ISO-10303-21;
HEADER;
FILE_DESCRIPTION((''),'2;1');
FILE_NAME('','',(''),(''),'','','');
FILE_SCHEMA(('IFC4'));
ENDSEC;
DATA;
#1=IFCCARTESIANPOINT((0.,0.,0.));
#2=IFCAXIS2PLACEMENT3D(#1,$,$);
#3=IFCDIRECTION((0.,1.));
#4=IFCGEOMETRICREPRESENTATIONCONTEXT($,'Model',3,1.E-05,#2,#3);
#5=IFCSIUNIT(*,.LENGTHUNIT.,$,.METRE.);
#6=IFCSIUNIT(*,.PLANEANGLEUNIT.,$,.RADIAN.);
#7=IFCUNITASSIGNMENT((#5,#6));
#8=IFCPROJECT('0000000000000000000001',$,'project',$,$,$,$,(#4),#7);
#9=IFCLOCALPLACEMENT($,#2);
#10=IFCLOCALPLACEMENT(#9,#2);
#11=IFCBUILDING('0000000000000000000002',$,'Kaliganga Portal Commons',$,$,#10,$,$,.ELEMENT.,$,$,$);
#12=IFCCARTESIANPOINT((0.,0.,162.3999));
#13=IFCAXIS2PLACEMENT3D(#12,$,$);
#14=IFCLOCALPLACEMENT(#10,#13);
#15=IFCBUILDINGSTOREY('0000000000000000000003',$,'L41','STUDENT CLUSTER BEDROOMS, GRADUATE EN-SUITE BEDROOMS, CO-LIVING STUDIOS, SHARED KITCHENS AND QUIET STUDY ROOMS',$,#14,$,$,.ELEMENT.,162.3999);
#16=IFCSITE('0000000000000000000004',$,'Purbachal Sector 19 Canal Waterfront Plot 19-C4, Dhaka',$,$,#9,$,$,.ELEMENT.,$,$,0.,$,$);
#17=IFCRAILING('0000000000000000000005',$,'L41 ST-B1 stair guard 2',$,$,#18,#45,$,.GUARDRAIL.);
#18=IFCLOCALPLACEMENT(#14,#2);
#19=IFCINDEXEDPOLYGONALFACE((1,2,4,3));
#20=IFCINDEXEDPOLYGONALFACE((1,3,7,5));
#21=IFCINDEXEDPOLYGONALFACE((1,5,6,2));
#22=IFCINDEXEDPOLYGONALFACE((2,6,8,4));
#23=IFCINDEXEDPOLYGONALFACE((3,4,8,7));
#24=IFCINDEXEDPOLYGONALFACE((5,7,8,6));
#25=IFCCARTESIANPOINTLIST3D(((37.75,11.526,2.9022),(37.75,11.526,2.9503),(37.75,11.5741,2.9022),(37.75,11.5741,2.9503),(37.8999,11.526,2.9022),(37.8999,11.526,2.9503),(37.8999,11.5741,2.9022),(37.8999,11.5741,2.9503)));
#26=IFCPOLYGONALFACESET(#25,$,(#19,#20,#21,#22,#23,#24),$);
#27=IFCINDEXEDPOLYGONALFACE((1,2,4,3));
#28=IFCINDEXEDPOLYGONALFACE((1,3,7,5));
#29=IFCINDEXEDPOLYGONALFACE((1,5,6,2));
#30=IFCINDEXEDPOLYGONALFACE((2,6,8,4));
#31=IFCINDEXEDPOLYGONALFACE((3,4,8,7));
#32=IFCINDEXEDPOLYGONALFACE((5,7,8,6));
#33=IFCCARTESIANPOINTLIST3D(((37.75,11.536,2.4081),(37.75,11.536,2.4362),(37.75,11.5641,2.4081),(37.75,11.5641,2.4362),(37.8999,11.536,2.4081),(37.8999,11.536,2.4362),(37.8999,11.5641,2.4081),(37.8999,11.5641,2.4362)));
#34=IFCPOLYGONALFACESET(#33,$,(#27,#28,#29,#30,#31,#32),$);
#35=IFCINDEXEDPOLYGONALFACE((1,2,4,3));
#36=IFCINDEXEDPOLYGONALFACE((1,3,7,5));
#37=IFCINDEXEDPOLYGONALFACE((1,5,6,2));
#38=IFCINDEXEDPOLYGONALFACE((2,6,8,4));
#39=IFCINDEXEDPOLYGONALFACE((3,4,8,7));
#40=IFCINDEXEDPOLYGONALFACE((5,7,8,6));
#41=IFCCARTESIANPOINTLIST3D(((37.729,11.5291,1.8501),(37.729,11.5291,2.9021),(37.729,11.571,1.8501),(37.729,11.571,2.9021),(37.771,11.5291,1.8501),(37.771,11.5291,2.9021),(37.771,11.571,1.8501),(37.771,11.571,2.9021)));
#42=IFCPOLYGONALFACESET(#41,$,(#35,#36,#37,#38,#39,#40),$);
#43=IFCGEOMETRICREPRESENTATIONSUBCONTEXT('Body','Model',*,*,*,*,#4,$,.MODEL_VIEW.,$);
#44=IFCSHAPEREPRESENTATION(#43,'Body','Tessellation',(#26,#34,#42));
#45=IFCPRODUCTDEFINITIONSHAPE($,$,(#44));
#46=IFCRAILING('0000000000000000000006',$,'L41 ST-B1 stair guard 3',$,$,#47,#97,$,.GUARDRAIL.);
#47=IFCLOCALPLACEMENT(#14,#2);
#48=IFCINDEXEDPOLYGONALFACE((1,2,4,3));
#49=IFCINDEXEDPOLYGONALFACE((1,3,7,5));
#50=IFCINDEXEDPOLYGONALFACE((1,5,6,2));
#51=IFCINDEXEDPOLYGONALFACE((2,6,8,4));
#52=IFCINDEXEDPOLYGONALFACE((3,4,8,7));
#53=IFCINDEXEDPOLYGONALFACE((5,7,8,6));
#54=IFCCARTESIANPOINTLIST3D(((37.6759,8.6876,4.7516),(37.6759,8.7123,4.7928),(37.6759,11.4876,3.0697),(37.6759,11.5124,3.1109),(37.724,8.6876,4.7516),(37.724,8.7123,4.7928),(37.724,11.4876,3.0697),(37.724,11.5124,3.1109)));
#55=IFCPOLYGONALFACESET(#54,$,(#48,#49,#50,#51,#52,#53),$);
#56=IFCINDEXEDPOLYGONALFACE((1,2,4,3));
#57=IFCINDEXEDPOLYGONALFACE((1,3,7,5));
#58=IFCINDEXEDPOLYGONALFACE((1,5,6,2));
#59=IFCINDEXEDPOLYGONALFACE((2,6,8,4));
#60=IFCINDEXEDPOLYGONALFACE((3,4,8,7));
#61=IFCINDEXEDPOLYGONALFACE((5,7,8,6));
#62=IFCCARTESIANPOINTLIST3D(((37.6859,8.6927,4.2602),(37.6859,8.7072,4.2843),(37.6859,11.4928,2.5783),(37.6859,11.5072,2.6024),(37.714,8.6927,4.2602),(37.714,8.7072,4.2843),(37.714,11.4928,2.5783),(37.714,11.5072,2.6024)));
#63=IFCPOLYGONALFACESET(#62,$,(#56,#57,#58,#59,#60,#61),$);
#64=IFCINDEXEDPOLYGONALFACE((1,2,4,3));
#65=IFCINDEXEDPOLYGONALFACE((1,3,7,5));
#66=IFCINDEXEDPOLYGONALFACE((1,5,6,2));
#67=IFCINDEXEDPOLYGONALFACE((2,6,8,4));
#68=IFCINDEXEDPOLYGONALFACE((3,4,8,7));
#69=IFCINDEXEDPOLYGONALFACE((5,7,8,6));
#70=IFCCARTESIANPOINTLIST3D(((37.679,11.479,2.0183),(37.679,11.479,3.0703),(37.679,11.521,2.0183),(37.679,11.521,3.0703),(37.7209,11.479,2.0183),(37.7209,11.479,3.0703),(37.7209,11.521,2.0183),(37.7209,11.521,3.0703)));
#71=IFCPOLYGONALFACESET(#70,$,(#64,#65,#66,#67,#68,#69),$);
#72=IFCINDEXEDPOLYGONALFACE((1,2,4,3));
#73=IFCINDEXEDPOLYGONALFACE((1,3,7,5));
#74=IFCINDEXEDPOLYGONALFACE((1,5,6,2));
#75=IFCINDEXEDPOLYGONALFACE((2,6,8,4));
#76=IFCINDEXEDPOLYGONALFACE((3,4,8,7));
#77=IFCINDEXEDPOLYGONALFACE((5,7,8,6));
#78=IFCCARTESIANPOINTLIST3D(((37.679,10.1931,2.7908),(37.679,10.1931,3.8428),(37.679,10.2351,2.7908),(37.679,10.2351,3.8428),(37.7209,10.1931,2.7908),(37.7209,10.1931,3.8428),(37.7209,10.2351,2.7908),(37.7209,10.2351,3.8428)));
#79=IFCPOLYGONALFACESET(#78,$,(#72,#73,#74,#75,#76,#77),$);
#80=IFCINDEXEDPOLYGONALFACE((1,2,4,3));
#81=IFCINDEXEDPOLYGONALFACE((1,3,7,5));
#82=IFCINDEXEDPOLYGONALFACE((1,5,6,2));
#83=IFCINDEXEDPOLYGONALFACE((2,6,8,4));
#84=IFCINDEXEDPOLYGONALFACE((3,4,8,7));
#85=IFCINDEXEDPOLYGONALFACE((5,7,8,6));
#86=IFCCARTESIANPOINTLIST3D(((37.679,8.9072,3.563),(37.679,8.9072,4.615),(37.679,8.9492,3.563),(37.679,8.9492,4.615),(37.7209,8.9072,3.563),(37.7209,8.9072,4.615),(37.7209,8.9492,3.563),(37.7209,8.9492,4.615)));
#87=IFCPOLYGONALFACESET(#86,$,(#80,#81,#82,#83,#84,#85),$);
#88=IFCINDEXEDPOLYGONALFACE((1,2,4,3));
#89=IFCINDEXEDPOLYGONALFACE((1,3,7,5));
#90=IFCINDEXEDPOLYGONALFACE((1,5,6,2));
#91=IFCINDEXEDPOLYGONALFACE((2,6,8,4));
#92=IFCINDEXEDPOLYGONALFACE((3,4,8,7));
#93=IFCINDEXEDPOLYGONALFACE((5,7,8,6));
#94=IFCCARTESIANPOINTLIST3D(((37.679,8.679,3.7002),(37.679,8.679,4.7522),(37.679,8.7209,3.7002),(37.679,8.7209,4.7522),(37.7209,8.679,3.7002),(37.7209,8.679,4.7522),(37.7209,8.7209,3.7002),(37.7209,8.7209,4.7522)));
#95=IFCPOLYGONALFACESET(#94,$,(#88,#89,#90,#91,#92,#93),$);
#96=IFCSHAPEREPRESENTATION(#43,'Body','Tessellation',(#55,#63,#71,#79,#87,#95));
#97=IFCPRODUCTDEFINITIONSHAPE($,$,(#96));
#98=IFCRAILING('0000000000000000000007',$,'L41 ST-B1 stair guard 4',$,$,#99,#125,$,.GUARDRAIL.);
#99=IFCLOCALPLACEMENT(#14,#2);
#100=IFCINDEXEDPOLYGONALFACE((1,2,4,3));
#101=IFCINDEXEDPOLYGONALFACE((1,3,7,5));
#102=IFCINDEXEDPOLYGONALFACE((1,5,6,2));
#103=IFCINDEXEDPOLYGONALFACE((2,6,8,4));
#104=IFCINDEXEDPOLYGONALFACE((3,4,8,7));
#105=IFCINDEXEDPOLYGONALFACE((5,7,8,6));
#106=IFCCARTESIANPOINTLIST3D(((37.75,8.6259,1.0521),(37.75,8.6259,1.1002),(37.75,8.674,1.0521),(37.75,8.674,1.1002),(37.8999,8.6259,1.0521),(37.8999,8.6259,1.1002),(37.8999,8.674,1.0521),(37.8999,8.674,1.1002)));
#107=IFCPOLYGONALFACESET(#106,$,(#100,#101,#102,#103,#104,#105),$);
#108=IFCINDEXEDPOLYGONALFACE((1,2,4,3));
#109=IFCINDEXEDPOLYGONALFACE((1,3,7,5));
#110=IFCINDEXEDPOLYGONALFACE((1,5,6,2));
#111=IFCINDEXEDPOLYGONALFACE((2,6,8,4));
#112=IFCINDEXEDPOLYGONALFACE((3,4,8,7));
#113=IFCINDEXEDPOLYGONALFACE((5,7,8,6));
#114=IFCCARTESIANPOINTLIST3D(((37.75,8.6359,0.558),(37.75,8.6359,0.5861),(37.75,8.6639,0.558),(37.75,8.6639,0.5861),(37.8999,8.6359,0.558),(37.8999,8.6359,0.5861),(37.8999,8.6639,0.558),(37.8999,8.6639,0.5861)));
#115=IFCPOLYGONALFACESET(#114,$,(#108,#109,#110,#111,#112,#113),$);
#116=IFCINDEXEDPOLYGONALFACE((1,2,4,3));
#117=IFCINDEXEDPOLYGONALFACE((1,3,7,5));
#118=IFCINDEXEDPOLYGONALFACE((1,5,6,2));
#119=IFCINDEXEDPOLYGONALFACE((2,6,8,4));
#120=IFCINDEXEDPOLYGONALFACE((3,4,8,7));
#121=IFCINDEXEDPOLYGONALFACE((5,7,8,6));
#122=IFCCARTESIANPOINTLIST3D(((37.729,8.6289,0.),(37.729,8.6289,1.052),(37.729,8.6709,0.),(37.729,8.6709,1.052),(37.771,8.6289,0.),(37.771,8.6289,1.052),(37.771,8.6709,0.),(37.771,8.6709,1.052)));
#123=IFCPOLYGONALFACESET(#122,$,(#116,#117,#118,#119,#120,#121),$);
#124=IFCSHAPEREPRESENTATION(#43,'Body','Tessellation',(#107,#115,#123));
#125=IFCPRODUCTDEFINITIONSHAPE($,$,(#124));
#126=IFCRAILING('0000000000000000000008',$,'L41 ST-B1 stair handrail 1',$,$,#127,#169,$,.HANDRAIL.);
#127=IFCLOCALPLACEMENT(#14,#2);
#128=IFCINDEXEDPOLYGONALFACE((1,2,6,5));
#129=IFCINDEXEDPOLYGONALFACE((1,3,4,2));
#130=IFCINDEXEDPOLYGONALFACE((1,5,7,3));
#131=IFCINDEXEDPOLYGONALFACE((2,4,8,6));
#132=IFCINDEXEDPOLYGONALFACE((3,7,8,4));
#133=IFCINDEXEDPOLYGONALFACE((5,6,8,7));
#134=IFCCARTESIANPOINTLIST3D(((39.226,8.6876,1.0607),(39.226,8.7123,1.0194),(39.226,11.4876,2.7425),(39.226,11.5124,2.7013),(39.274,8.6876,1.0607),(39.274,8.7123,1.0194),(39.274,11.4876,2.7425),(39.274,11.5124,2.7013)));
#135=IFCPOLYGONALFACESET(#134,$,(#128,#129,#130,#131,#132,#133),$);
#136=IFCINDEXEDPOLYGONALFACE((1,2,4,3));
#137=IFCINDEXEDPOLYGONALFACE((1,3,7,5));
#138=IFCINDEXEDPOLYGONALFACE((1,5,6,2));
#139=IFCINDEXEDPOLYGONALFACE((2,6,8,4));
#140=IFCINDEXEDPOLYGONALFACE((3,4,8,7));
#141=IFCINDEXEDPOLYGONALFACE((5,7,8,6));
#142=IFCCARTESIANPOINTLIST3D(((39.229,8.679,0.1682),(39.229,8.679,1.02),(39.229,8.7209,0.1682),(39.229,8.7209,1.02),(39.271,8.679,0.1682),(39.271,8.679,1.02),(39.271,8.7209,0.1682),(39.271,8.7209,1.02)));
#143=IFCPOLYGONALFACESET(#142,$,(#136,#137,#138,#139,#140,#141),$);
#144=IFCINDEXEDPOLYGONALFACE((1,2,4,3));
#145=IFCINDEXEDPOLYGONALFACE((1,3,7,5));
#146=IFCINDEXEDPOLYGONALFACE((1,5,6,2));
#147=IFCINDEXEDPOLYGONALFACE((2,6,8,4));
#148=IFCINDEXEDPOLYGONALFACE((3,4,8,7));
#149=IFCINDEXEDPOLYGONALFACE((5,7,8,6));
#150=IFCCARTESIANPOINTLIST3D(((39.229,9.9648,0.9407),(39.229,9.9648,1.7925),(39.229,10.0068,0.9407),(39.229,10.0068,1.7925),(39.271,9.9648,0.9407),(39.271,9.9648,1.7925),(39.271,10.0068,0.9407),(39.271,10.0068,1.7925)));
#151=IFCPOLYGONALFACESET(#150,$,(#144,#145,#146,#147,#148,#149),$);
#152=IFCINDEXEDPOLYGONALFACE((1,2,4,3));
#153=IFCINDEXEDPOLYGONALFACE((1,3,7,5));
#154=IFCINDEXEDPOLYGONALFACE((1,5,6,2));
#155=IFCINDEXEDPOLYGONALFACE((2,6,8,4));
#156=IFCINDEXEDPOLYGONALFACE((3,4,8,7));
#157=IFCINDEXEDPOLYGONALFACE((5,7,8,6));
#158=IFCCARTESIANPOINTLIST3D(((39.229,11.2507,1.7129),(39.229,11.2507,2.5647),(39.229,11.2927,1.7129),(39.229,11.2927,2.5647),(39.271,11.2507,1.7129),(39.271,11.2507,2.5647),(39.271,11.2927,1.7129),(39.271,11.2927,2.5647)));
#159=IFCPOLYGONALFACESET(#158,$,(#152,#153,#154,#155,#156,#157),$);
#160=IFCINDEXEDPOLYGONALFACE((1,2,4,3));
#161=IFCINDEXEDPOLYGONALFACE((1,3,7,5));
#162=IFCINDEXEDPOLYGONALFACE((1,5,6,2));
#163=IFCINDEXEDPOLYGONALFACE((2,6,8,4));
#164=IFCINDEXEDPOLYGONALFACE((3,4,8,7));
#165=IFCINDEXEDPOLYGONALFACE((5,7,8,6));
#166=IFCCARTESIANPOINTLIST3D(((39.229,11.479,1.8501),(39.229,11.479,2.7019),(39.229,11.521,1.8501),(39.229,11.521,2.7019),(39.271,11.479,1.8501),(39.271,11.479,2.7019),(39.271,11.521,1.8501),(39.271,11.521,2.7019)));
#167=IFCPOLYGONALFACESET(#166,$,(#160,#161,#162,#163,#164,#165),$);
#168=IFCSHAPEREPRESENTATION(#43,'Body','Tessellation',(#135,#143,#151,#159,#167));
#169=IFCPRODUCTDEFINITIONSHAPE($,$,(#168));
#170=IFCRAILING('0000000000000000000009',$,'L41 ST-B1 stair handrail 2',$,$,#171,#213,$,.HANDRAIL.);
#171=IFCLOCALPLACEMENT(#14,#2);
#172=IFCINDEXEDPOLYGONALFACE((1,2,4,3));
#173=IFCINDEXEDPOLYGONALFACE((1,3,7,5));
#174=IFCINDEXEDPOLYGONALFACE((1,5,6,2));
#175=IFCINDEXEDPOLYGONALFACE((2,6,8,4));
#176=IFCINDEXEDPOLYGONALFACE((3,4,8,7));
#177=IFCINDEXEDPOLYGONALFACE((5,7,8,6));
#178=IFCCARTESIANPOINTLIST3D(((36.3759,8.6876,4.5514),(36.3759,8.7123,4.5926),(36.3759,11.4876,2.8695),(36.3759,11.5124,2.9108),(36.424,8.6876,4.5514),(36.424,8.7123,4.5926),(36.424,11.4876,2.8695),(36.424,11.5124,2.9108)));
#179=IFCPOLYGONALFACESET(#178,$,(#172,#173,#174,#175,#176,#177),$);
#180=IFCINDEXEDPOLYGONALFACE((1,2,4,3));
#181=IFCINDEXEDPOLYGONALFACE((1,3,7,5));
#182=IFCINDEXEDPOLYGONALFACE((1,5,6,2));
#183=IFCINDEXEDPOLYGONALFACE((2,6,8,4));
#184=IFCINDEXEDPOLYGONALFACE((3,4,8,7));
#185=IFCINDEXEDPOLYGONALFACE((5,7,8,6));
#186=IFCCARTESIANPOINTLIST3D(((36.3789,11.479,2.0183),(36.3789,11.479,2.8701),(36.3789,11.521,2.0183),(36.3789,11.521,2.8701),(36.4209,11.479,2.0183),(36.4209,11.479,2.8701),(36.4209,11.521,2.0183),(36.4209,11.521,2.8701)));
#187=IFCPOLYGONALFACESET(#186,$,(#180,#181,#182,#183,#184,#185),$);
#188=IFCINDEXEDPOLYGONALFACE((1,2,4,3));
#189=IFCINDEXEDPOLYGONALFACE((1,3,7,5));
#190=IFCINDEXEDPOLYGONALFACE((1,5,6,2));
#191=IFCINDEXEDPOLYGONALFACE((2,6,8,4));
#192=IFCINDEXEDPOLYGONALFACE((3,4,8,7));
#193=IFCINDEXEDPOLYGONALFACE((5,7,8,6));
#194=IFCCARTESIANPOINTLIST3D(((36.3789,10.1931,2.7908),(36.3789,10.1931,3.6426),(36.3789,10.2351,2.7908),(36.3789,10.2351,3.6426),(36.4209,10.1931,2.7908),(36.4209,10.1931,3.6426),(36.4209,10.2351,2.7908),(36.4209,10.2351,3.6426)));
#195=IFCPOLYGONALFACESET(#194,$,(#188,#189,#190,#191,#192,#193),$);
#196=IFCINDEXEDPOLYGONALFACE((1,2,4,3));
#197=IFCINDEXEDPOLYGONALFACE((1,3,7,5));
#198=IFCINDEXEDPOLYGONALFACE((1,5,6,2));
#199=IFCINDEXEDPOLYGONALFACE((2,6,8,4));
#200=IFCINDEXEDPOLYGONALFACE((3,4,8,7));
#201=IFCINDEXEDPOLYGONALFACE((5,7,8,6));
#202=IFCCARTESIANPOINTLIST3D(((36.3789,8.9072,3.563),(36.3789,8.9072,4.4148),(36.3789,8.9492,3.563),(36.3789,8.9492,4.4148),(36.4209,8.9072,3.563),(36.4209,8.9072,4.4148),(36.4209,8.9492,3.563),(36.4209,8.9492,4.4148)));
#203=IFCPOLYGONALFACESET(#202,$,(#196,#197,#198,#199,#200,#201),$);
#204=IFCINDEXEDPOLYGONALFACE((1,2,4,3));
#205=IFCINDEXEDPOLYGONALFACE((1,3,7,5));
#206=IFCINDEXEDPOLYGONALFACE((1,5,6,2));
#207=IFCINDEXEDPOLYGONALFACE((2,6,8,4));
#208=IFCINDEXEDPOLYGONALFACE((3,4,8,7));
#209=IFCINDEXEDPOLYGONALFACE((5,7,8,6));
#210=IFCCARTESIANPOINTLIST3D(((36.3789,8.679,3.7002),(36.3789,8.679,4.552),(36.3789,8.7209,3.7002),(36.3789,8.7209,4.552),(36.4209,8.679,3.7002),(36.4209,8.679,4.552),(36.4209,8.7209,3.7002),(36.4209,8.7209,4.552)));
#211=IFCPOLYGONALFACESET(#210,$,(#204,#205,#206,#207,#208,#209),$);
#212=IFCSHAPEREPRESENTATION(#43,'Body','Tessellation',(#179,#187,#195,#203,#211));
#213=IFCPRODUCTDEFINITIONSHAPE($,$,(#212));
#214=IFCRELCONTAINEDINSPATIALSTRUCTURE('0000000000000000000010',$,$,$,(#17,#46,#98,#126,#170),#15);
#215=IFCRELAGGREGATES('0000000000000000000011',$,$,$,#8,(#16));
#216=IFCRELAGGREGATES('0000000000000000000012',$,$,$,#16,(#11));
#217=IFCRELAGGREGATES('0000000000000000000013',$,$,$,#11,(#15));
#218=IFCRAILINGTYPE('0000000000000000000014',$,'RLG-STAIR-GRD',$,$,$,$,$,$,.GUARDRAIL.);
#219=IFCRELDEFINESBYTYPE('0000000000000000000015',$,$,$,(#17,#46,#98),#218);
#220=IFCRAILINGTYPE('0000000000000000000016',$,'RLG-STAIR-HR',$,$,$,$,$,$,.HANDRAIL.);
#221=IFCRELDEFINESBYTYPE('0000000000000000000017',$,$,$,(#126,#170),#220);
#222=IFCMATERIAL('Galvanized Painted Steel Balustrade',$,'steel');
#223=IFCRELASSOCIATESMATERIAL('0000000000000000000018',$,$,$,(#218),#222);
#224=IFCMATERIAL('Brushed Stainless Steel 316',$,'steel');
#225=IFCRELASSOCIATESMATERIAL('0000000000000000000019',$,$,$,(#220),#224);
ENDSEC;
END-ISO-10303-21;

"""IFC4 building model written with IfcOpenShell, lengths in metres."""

from ifc_helpers import new_model, si_unit, direction, frame, origin, origin_2d, place, context, subcontext, project, spatial, rectangle, extrude, material, type_object, element, save


model = new_model("IFC4")

# Units and contexts
model_context = context("Model", 3, precision=1e-05, world=origin(), true_north=direction((0.0, 1.0)))
body_context = subcontext(model_context, "Body", "Model", "MODEL_VIEW")
ifc_project = project(units=[si_unit("LENGTHUNIT", "METRE"), si_unit("PLANEANGLEUNIT", "RADIAN")], contexts=[model_context])

# Site, building, storey
site_placement = place(None, origin())
site = spatial("IfcSite", under=ifc_project, at=site_placement, Name="Purbachal Sector 19 Canal Waterfront Plot 19-C4, Dhaka", CompositionType="ELEMENT", RefElevation=0.0)
building_placement = place(site_placement, origin())
building = spatial("IfcBuilding", under=site, at=building_placement, Name="Kaliganga Portal Commons", CompositionType="ELEMENT")
storey_placement = place(building_placement, frame((0.0, 0.0, 162.3999)))
storey = spatial("IfcBuildingStorey", under=building, at=storey_placement, Name="L41", Description="STUDENT CLUSTER BEDROOMS, GRADUATE EN-SUITE BEDROOMS, CO-LIVING STUDIOS, SHARED KITCHENS AND QUIET STUDY ROOMS", CompositionType="ELEMENT", Elevation=162.3999)

# Railings
ifc_material_1 = material(Name="Galvanized Painted Steel Balustrade", Category="steel")
railing_type_1 = type_object("IfcRailingType", Name="RLG-STAIR-GRD", PredefinedType="GUARDRAIL", material=ifc_material_1)
railing_1_placement = place(storey_placement, frame((37.8999, 11.55, 1.8501)))
element("IfcRailing", 1, at=railing_1_placement, inside=storey, type_object=railing_type_1, Name="L41 ST-B1 stair guard 2", PredefinedType="GUARDRAIL", context=body_context, shape_type="SweptSolid", body=[
    extrude(rectangle(XDim=0.0481, YDim=0.0481, at=origin_2d()), frame((0.0, 0.0, 1.0762), z_axis=(-1.0, 0.0, 0.0), x_axis=(0.0, -1.0, 0.0)), (0.0, 0.0, 1.0), 0.1499),
    extrude(rectangle(XDim=0.0281, YDim=0.0281, at=origin_2d()), frame((0.0, 0.0, 0.572), z_axis=(-1.0, 0.0, 0.0), x_axis=(0.0, -1.0, 0.0)), (0.0, 0.0, 1.0), 0.1499),
    extrude(rectangle(XDim=0.042, YDim=0.042, at=origin_2d()), frame((-0.1499, 0.0, 0.0)), (0.0, 0.0, 1.0), 1.052),
])
railing_2_placement = place(storey_placement, frame((37.7, 11.5, 2.0183)))
element("IfcRailing", 2, at=railing_2_placement, inside=storey, type_object=railing_type_1, Name="L41 ST-B1 stair guard 3", PredefinedType="GUARDRAIL", context=body_context, shape_type="SweptSolid", body=[
    extrude(rectangle(XDim=0.0481, YDim=0.0481, at=origin_2d()), frame((0.0, 0.0, 1.072), z_axis=(0.0, -0.857242, 0.514913), x_axis=(1.0, 0.0, 0.0)), (0.0, 0.0, 1.0), 3.2664),
    extrude(rectangle(XDim=0.0281, YDim=0.0281, at=origin_2d()), frame((0.0, 0.0, 0.572), z_axis=(0.0, -0.857242, 0.514913), x_axis=(1.0, 0.0, 0.0)), (0.0, 0.0, 1.0), 3.2664),
    extrude(rectangle(XDim=0.042, YDim=0.042, at=origin_2d()), origin(), (0.0, 0.0, 1.0), 1.052),
    extrude(rectangle(XDim=0.042, YDim=0.042, at=origin_2d()), frame((0.0, -1.2859, 0.7725)), (0.0, 0.0, 1.0), 1.052),
    extrude(rectangle(XDim=0.042, YDim=0.042, at=origin_2d()), frame((0.0, -2.5718, 1.5447)), (0.0, 0.0, 1.0), 1.052),
    extrude(rectangle(XDim=0.042, YDim=0.042, at=origin_2d()), frame((0.0, -2.8, 1.6819)), (0.0, 0.0, 1.0), 1.052),
])
railing_3_placement = place(storey_placement, frame((37.8999, 8.6499, 0.0)))
element("IfcRailing", 3, at=railing_3_placement, inside=storey, type_object=railing_type_1, Name="L41 ST-B1 stair guard 4", PredefinedType="GUARDRAIL", context=body_context, shape_type="SweptSolid", body=[
    extrude(rectangle(XDim=0.0481, YDim=0.0481, at=origin_2d()), frame((0.0, 0.0, 1.0762), z_axis=(-1.0, 0.0, 0.0), x_axis=(0.0, -1.0, 0.0)), (0.0, 0.0, 1.0), 0.1499),
    extrude(rectangle(XDim=0.0281, YDim=0.0281, at=origin_2d()), frame((0.0, 0.0, 0.572), z_axis=(-1.0, 0.0, 0.0), x_axis=(0.0, -1.0, 0.0)), (0.0, 0.0, 1.0), 0.1499),
    extrude(rectangle(XDim=0.042, YDim=0.042, at=origin_2d()), frame((-0.1499, 0.0, 0.0)), (0.0, 0.0, 1.0), 1.052),
])
ifc_material_2 = material(Name="Brushed Stainless Steel 316", Category="steel")
railing_type_2 = type_object("IfcRailingType", Name="RLG-STAIR-HR", PredefinedType="HANDRAIL", material=ifc_material_2)
railing_4_placement = place(storey_placement, frame((39.25, 8.7, 0.1682)))
element("IfcRailing", 4, at=railing_4_placement, inside=storey, type_object=railing_type_2, Name="L41 ST-B1 stair handrail 1", PredefinedType="HANDRAIL", context=body_context, shape_type="SweptSolid", body=[
    extrude(rectangle(XDim=0.0481, YDim=0.0481, at=origin_2d()), frame((0.0, 0.0, 0.8718), z_axis=(0.0, 0.857242, 0.514913), x_axis=(-1.0, 0.0, 0.0)), (0.0, 0.0, 1.0), 3.2664),
    extrude(rectangle(XDim=0.042, YDim=0.042, at=origin_2d()), origin(), (0.0, 0.0, 1.0), 0.8518),
    extrude(rectangle(XDim=0.042, YDim=0.042, at=origin_2d()), frame((0.0, 1.2859, 0.7725)), (0.0, 0.0, 1.0), 0.8518),
    extrude(rectangle(XDim=0.042, YDim=0.042, at=origin_2d()), frame((0.0, 2.5718, 1.5447)), (0.0, 0.0, 1.0), 0.8518),
    extrude(rectangle(XDim=0.042, YDim=0.042, at=origin_2d()), frame((0.0, 2.8, 1.6819)), (0.0, 0.0, 1.0), 0.8518),
])
railing_5_placement = place(storey_placement, frame((36.3999, 11.5, 2.0183)))
element("IfcRailing", 5, at=railing_5_placement, inside=storey, type_object=railing_type_2, Name="L41 ST-B1 stair handrail 2", PredefinedType="HANDRAIL", context=body_context, shape_type="SweptSolid", body=[
    extrude(rectangle(XDim=0.0481, YDim=0.0481, at=origin_2d()), frame((0.0, 0.0, 0.8718), z_axis=(0.0, -0.857242, 0.514913), x_axis=(1.0, 0.0, 0.0)), (0.0, 0.0, 1.0), 3.2664),
    extrude(rectangle(XDim=0.042, YDim=0.042, at=origin_2d()), origin(), (0.0, 0.0, 1.0), 0.8518),
    extrude(rectangle(XDim=0.042, YDim=0.042, at=origin_2d()), frame((0.0, -1.2859, 0.7725)), (0.0, 0.0, 1.0), 0.8518),
    extrude(rectangle(XDim=0.042, YDim=0.042, at=origin_2d()), frame((0.0, -2.5718, 1.5447)), (0.0, 0.0, 1.0), 0.8518),
    extrude(rectangle(XDim=0.042, YDim=0.042, at=origin_2d()), frame((0.0, -2.8, 1.6819)), (0.0, 0.0, 1.0), 0.8518),
])

save(model, "model.ifc")
